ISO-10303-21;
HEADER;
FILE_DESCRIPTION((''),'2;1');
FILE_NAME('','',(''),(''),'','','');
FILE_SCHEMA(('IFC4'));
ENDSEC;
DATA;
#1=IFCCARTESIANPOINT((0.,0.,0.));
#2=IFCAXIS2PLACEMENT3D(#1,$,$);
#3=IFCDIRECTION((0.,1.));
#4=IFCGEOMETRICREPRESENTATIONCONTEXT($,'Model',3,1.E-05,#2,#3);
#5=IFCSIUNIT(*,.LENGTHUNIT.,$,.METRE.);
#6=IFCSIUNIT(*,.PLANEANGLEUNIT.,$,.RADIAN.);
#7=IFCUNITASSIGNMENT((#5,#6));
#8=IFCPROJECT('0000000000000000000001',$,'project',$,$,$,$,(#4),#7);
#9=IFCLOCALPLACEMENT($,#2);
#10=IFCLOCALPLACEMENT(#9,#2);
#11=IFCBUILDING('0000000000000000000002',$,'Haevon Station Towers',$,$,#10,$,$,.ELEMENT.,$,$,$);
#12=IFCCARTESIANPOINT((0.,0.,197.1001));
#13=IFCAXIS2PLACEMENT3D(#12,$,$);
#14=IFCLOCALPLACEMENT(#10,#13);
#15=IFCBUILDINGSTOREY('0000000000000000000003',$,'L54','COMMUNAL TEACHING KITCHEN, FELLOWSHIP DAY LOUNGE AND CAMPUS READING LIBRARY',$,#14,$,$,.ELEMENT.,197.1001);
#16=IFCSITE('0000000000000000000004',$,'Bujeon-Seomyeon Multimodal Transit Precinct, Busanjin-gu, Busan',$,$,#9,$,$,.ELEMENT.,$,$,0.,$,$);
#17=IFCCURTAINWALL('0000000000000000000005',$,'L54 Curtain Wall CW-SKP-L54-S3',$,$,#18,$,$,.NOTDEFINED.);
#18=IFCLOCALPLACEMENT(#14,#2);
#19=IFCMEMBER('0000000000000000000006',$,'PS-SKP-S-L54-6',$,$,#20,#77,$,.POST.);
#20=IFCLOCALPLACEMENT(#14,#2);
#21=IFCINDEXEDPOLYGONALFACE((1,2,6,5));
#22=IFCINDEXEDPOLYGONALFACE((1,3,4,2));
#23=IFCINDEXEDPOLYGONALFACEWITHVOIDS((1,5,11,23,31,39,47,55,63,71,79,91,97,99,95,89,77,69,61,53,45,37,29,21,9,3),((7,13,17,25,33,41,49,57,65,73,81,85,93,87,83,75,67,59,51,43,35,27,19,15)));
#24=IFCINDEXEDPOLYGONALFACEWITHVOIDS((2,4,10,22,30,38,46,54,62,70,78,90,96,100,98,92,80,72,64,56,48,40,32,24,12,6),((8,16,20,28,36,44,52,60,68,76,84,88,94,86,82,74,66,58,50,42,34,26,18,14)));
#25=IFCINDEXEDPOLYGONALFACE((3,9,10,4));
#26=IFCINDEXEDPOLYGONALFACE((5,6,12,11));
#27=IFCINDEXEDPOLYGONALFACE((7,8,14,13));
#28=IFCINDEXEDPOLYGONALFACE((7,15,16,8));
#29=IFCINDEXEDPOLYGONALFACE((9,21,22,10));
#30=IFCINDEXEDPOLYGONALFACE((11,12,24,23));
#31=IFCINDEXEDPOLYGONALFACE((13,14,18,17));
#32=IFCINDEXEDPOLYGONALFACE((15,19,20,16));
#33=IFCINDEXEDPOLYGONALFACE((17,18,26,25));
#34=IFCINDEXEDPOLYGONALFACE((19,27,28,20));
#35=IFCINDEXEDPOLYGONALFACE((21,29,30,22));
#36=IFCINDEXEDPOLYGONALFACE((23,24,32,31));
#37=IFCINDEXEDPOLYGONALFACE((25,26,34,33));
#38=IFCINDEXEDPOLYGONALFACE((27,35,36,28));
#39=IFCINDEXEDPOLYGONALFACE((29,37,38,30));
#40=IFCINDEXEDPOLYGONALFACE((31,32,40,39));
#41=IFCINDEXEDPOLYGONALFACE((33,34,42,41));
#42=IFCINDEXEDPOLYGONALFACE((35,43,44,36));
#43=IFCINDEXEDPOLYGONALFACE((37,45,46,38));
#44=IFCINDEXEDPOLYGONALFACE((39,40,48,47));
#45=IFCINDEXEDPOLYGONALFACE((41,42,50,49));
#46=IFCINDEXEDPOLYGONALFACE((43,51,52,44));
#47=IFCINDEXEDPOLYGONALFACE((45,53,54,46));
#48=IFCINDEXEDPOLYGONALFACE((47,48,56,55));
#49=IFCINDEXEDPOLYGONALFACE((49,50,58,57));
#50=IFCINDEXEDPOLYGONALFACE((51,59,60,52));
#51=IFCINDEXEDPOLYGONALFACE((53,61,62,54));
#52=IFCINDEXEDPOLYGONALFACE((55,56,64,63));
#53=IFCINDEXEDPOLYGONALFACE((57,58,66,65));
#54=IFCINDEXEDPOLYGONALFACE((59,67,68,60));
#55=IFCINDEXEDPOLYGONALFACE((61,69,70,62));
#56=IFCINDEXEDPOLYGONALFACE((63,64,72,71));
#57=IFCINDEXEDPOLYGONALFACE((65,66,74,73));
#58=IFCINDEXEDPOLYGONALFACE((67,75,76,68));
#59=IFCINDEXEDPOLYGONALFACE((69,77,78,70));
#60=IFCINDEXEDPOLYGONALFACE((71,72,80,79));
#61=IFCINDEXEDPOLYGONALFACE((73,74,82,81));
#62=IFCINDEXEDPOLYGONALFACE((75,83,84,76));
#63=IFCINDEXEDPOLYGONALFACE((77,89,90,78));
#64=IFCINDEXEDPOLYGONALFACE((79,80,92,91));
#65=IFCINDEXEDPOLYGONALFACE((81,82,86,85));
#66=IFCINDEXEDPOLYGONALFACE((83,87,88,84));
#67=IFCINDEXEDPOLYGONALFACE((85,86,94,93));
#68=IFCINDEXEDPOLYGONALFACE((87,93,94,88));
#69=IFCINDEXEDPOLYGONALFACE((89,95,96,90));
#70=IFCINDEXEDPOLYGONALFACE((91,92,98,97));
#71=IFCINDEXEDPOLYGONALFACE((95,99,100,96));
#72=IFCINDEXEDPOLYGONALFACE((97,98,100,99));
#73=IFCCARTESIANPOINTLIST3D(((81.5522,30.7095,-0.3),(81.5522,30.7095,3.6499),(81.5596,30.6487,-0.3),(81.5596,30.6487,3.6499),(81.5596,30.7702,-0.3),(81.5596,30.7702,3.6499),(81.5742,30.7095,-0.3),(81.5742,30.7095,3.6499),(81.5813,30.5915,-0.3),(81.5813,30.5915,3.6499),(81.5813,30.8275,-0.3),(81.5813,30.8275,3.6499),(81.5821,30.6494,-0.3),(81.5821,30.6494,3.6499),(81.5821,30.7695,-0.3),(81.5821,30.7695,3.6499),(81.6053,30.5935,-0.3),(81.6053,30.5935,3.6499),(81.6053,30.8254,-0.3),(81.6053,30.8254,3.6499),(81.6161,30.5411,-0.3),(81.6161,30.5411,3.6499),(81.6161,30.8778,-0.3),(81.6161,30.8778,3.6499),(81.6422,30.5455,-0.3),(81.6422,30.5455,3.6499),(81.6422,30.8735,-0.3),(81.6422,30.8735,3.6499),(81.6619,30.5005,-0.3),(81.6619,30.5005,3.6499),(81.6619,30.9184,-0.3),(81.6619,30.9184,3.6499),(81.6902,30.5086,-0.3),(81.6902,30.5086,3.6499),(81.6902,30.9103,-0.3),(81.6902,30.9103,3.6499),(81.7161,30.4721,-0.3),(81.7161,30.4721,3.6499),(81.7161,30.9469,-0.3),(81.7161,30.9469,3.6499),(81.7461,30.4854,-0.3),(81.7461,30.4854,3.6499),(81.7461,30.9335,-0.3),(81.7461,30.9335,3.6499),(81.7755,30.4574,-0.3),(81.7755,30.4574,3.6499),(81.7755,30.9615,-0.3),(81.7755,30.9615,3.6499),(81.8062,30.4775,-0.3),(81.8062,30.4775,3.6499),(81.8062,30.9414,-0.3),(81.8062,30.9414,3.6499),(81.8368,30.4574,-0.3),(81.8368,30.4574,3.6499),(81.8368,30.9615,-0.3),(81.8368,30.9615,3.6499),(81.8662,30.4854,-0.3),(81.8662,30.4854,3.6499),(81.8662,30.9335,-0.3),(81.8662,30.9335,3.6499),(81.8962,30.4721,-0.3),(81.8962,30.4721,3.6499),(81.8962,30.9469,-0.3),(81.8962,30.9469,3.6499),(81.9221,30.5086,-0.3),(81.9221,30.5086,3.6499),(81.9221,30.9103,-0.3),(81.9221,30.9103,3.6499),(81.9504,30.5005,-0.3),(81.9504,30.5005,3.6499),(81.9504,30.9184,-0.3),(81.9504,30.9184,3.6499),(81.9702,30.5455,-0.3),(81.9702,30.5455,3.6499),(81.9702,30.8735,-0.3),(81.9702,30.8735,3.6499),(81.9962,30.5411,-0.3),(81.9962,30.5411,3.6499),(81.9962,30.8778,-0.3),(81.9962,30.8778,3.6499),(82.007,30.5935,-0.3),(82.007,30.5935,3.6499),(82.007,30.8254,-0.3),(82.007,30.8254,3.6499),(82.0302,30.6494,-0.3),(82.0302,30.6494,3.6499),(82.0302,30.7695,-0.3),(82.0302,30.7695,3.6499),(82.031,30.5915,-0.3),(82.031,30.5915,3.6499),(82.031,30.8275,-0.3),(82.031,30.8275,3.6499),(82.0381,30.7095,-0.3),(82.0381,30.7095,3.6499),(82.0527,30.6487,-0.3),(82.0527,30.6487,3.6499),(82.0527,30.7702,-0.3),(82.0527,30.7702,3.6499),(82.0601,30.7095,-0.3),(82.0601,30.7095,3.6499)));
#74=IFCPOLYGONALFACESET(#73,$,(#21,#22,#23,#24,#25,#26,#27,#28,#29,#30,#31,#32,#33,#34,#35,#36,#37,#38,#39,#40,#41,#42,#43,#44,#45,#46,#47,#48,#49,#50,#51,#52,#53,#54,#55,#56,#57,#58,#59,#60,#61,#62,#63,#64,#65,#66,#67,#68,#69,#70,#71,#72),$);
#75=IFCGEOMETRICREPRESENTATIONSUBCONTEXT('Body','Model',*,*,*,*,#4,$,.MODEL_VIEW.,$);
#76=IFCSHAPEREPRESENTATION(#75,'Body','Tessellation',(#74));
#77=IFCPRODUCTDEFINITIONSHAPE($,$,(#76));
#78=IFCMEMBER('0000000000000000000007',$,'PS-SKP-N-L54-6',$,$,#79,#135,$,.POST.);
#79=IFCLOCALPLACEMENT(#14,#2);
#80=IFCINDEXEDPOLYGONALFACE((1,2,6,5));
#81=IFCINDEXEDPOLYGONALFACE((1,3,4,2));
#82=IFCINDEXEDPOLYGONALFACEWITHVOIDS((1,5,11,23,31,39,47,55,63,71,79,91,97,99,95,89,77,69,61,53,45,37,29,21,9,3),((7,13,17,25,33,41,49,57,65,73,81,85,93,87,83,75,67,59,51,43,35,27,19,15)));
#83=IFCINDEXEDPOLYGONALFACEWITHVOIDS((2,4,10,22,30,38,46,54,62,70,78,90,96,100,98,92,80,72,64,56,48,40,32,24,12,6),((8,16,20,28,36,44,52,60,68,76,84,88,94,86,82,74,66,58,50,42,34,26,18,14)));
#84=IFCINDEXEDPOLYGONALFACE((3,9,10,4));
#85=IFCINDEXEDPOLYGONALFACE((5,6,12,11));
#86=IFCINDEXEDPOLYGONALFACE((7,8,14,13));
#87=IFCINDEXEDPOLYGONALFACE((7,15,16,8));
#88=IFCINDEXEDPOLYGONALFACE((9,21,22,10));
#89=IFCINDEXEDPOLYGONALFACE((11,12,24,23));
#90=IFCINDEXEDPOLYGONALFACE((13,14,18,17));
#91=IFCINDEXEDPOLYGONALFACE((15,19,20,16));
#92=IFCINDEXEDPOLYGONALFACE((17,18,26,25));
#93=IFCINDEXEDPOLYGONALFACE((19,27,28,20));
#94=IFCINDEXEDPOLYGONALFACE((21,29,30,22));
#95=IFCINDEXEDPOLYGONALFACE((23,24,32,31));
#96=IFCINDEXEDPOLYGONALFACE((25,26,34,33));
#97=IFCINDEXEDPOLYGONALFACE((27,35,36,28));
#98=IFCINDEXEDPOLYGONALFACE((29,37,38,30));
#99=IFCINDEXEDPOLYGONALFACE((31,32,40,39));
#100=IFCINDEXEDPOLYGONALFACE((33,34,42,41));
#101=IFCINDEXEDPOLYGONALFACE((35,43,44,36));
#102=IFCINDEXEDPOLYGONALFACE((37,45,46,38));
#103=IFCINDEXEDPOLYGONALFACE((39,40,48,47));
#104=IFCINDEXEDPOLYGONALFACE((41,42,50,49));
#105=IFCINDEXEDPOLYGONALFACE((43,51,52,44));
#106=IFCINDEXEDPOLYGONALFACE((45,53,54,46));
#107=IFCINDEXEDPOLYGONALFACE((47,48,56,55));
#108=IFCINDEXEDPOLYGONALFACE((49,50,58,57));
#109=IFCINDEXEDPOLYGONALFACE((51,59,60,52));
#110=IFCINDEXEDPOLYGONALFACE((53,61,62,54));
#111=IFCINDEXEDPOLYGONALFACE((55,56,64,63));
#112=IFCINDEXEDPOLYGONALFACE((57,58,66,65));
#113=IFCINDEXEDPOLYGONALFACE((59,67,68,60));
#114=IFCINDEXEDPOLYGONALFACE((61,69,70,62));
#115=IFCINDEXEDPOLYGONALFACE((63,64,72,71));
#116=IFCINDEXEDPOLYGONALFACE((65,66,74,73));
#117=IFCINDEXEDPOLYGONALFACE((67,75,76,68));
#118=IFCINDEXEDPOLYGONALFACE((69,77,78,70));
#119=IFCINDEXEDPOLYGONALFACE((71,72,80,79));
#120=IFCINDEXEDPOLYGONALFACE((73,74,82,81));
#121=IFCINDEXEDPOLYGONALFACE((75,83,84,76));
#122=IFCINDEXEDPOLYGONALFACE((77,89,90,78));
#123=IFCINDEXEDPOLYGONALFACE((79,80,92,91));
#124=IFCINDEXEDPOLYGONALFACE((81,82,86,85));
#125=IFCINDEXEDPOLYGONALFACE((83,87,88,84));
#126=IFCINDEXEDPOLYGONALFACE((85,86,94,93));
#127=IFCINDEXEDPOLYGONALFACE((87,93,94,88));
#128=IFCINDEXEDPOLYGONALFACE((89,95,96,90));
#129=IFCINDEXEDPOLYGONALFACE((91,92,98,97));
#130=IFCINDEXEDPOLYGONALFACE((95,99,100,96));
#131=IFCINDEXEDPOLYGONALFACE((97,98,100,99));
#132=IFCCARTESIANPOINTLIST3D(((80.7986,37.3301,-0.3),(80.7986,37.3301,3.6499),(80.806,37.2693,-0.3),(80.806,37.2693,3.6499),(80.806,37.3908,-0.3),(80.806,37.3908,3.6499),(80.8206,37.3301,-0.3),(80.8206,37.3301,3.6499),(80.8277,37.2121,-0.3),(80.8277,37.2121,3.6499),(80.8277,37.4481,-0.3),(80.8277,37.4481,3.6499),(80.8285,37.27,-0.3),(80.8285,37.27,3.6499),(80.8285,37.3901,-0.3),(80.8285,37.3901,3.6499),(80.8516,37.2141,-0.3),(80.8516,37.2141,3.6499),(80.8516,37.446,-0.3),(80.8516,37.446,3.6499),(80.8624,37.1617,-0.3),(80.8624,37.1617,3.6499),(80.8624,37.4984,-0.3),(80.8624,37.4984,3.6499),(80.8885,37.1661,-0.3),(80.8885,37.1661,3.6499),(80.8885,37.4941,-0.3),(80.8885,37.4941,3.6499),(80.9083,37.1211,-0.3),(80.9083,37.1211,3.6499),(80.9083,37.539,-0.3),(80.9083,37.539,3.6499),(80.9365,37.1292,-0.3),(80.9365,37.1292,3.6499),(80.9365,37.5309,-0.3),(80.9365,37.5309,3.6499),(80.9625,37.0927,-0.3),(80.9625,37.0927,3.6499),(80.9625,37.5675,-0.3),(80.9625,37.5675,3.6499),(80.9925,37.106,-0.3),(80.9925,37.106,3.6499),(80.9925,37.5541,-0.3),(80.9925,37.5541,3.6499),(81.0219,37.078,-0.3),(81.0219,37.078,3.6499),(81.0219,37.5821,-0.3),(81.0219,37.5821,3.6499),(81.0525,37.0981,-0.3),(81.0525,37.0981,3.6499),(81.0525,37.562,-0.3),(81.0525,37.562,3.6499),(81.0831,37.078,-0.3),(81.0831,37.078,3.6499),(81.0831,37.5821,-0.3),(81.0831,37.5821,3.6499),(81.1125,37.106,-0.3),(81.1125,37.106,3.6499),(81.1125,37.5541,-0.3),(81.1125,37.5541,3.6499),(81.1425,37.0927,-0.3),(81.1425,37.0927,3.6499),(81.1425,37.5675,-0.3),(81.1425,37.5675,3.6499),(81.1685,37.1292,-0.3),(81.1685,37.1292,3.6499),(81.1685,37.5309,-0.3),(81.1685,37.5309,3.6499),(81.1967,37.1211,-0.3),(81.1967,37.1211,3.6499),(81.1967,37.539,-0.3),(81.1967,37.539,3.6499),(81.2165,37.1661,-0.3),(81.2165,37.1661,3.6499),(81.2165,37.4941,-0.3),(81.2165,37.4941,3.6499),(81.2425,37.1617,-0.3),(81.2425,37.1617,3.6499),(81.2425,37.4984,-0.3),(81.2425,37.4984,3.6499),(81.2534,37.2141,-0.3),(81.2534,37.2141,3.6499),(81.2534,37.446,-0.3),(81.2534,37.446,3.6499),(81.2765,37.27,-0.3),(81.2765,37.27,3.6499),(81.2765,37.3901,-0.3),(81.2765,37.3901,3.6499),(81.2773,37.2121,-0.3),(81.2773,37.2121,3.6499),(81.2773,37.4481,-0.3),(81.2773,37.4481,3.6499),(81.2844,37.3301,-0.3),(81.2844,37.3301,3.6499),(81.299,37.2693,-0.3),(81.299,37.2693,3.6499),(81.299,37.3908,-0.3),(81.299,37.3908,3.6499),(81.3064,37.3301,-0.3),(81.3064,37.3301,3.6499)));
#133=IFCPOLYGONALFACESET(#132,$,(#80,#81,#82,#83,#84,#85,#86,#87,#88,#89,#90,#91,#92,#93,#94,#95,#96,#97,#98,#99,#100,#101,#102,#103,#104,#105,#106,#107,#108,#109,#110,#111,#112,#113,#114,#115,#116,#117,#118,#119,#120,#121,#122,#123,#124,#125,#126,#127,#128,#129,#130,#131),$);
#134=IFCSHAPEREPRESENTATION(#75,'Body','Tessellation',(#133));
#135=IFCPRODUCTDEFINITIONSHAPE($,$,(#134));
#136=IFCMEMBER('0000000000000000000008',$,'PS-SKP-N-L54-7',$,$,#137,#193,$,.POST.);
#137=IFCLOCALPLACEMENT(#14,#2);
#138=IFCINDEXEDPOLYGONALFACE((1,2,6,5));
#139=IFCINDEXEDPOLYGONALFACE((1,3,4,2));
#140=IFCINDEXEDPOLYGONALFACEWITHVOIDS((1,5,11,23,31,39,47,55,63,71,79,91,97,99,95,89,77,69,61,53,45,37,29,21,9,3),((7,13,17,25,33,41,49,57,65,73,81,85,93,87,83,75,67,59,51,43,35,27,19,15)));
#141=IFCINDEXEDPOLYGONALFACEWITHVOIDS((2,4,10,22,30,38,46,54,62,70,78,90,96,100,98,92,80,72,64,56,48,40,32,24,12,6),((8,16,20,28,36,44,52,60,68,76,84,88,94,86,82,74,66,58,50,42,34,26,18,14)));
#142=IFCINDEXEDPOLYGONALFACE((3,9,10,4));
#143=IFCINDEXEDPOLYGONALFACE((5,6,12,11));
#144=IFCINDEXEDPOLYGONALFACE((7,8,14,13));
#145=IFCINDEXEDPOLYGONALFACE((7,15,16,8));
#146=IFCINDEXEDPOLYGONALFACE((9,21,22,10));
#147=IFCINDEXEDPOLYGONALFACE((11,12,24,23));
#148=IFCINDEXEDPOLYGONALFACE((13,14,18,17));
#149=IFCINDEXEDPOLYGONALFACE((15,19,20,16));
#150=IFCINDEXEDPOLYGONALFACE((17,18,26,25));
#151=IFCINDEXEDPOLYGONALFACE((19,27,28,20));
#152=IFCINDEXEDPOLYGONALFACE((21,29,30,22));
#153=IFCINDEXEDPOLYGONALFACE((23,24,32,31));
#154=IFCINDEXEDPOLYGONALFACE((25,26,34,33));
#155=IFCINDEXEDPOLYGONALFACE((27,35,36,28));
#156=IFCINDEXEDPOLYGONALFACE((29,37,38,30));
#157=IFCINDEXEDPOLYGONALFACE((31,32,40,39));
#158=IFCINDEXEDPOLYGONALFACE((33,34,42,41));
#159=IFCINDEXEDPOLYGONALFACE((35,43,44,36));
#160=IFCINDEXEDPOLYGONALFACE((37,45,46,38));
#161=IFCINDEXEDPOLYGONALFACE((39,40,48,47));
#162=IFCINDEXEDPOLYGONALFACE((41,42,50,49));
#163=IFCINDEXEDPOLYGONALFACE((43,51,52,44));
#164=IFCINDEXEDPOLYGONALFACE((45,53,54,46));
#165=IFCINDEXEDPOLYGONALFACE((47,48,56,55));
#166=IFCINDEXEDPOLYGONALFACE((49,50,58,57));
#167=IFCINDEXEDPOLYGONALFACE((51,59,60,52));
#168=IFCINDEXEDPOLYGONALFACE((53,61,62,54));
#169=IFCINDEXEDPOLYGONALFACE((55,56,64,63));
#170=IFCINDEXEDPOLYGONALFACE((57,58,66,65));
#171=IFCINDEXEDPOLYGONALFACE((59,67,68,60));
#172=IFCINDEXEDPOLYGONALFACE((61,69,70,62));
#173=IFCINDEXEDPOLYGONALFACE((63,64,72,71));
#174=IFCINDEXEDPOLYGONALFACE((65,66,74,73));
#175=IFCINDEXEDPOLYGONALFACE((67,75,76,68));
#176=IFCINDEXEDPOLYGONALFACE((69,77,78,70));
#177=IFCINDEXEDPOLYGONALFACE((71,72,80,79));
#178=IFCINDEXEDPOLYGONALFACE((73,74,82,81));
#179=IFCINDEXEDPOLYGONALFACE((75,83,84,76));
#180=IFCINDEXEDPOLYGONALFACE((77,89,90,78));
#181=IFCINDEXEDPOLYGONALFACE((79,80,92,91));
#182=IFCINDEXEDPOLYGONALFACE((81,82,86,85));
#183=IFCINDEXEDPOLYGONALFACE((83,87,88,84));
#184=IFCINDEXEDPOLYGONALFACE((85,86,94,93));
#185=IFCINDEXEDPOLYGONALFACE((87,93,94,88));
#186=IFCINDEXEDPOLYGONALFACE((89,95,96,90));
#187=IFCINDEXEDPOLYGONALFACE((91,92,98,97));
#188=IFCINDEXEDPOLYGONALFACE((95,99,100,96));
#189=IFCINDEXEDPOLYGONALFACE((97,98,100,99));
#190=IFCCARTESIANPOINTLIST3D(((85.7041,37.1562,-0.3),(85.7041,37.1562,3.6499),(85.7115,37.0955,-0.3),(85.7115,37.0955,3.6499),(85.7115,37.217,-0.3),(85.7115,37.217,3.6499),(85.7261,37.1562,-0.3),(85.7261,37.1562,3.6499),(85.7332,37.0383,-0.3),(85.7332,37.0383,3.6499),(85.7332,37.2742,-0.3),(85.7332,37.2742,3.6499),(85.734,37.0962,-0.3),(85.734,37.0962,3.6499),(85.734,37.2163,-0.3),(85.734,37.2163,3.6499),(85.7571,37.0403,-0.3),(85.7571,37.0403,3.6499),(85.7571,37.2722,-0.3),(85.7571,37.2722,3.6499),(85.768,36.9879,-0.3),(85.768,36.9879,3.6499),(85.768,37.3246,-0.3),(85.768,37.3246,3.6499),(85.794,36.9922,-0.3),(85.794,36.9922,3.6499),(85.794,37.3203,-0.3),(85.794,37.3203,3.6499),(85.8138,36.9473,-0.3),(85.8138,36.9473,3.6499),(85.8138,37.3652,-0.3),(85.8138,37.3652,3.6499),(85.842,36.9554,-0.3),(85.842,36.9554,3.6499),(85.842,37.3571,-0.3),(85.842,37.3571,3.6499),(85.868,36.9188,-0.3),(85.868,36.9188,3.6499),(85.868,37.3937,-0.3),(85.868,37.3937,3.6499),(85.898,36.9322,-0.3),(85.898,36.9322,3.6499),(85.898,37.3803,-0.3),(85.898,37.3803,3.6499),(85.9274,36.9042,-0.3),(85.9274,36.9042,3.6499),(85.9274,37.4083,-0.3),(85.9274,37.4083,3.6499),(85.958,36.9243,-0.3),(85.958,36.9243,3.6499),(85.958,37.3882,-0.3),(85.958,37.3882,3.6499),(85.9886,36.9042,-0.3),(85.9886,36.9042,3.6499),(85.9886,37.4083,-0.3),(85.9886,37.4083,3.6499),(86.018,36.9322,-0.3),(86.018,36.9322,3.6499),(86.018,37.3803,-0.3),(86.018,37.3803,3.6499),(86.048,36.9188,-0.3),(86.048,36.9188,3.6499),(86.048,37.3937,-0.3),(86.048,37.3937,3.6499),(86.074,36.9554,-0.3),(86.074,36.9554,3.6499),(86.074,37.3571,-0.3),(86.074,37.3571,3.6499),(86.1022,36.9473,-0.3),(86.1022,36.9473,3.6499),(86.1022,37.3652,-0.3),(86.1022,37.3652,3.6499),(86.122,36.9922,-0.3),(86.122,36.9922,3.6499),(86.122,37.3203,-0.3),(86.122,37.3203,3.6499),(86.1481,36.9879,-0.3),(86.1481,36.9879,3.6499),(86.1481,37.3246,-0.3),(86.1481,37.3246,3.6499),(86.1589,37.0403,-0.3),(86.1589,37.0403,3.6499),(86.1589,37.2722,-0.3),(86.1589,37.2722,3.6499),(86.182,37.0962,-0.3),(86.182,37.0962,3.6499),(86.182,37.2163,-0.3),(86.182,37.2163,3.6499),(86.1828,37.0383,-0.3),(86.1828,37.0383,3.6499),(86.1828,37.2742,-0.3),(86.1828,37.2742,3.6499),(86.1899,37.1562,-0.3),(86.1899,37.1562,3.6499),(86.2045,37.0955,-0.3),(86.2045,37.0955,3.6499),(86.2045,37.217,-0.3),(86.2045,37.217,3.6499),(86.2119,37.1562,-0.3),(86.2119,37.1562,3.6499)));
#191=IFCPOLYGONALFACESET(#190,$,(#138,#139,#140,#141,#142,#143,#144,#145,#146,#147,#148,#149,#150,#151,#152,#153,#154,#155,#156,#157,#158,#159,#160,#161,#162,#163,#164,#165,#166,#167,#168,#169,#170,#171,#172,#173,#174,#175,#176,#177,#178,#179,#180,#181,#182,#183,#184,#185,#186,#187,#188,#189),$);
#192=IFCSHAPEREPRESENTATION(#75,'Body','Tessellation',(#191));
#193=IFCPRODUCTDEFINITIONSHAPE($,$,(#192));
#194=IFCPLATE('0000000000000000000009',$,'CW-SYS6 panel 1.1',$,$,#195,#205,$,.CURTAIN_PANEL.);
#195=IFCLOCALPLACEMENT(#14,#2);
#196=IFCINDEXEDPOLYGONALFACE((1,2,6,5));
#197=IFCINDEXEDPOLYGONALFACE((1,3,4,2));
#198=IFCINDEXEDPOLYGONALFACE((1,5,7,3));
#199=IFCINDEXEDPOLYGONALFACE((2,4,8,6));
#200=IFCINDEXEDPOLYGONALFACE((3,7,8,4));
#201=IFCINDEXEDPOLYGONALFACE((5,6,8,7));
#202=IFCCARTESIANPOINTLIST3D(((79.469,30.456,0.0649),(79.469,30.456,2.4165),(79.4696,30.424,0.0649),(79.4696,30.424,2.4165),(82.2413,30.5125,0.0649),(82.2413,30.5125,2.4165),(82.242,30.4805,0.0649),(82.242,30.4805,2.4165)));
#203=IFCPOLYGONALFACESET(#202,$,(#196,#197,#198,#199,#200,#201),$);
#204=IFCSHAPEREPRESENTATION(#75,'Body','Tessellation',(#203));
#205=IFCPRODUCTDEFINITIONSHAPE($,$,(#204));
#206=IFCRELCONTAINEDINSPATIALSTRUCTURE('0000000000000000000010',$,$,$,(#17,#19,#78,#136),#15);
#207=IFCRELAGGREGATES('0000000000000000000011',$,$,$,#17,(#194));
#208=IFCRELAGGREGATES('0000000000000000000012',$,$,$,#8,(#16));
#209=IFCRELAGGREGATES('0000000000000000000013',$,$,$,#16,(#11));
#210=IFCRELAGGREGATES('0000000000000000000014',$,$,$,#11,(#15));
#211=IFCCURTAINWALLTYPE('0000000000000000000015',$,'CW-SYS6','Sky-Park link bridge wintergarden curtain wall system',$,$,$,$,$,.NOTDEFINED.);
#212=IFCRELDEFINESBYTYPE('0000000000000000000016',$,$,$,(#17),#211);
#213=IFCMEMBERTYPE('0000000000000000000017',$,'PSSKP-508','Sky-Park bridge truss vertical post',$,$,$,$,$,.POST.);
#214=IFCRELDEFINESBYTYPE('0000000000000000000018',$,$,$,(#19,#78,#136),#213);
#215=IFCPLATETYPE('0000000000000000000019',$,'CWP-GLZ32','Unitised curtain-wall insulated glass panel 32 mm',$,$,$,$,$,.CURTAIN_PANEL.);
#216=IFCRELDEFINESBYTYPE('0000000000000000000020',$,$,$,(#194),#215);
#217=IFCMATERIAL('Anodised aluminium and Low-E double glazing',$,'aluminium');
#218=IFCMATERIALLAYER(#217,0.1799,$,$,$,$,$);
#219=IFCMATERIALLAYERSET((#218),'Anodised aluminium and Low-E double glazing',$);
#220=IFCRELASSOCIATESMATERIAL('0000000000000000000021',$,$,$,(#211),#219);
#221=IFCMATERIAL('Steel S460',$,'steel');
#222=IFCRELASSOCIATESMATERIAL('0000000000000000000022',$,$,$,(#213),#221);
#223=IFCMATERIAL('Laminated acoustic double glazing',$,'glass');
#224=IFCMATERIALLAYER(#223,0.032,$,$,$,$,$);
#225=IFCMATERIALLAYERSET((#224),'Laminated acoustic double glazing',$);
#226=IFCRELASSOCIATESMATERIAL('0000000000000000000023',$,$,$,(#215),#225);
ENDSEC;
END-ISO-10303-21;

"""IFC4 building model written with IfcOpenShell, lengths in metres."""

from ifc_helpers import new_model, si_unit, direction, frame, origin, origin_2d, place, context, subcontext, project, spatial, rectangle, hollow_circle, extrude, material, layer, layer_set, material_profile, profile_set, type_object, element, aggregate, save


model = new_model("IFC4")

# Units and contexts
model_context = context("Model", 3, precision=1e-05, world=origin(), true_north=direction((0.0, 1.0)))
body_context = subcontext(model_context, "Body", "Model", "MODEL_VIEW")
ifc_project = project(units=[si_unit("LENGTHUNIT", "METRE"), si_unit("PLANEANGLEUNIT", "RADIAN")], contexts=[model_context])

# Site, building, storey
site_placement = place(None, origin())
site = spatial("IfcSite", under=ifc_project, at=site_placement, Name="Bujeon-Seomyeon Multimodal Transit Precinct, Busanjin-gu, Busan", CompositionType="ELEMENT", RefElevation=0.0)
building_placement = place(site_placement, origin())
building = spatial("IfcBuilding", under=site, at=building_placement, Name="Haevon Station Towers", CompositionType="ELEMENT")
storey_placement = place(building_placement, frame((0.0, 0.0, 197.1001)))
storey = spatial("IfcBuildingStorey", under=building, at=storey_placement, Name="L54", Description="COMMUNAL TEACHING KITCHEN, FELLOWSHIP DAY LOUNGE AND CAMPUS READING LIBRARY", CompositionType="ELEMENT", Elevation=197.1001)

# Shared definitions
ifc_material_1 = material(Name="Steel S460", Category="steel")

# Shared definitions
ifc_material_2 = material(Name="Anodised aluminium and Low-E double glazing", Category="aluminium")
ifc_layer_1 = layer(ifc_material_2, 0.1799)
ifc_layer_set_1 = layer_set([ifc_layer_1], Name="Anodised aluminium and Low-E double glazing")
curtain_wall_type = type_object("IfcCurtainWallType", Name="CW-SYS6", Description="Sky-Park link bridge wintergarden curtain wall system", PredefinedType="NOTDEFINED", material=ifc_layer_set_1)

# Curtain wall
curtain_wall_1_placement = place(storey_placement, origin())
curtain_wall_1 = element("IfcCurtainWall", 1, at=curtain_wall_1_placement, inside=storey, type_object=curtain_wall_type, Name="L54 Curtain Wall CW-SKP-L54-S3", PredefinedType="NOTDEFINED")

# Members
ifc_material_profile_1 = material_profile(ifc_material_1, hollow_circle(Radius=0.2539, WallThickness=0.022, at=origin_2d()), Name="CHS-508x22")
ifc_profile_set_1 = profile_set([ifc_material_profile_1], Name="Steel S460")
member_type_1 = type_object("IfcMemberType", Name="PSSKP-508", Description="Sky-Park bridge truss vertical post", PredefinedType="POST", material=ifc_profile_set_1)
for number, where, z_axis, x_axis, name in (
    (2, (81.8062, 30.7095, -0.3), (0.0, 0.0, 1.0), (1.0, 0.0, 0.0), "PS-SKP-S-L54-6"),
    (3, (81.0525, 37.3301, -0.3), (0.0, 0.0, 1.0), (1.0, 0.0, 0.0), "PS-SKP-N-L54-6"),
    (4, (85.958, 37.1562, -0.3), (0.0, 0.0, 1.0), (1.0, 0.0, 0.0), "PS-SKP-N-L54-7"),
):
    element("IfcMember", number, at=place(storey_placement, frame(where, z_axis=z_axis, x_axis=x_axis)), inside=storey, type_object=member_type_1, Name=name, PredefinedType="POST", context=body_context, shape_type="SweptSolid", body=[
        extrude(hollow_circle(Radius=0.2539, WallThickness=0.022, at=origin_2d()), origin(), (0.0, 0.0, 1.0), 3.95),
    ])

# Plate
ifc_material_3 = material(Name="Laminated acoustic double glazing", Category="glass")
ifc_layer_2 = layer(ifc_material_3, 0.032)
ifc_layer_set_2 = layer_set([ifc_layer_2], Name="Laminated acoustic double glazing")
plate_type_1 = type_object("IfcPlateType", Name="CWP-GLZ32", Description="Unitised curtain-wall insulated glass panel 32 mm", PredefinedType="CURTAIN_PANEL", material=ifc_layer_set_2)
plate_1_placement = place(storey_placement, frame((80.8555, 30.4683, 0.0649), z_axis=(0.0, 0.0, 1.0), x_axis=(0.999792, 0.020374, 0.0)))
plate_1 = element("IfcPlate", 5, at=plate_1_placement, type_object=plate_type_1, Name="CW-SYS6 panel 1.1", PredefinedType="CURTAIN_PANEL", context=body_context, shape_type="SweptSolid", body=[
    extrude(rectangle(XDim=2.7729, YDim=0.032, at=origin_2d()), origin(), (0.0, 0.0, 1.0), 2.3516),
])
aggregate(curtain_wall_1, [plate_1])

save(model, "model.ifc")
